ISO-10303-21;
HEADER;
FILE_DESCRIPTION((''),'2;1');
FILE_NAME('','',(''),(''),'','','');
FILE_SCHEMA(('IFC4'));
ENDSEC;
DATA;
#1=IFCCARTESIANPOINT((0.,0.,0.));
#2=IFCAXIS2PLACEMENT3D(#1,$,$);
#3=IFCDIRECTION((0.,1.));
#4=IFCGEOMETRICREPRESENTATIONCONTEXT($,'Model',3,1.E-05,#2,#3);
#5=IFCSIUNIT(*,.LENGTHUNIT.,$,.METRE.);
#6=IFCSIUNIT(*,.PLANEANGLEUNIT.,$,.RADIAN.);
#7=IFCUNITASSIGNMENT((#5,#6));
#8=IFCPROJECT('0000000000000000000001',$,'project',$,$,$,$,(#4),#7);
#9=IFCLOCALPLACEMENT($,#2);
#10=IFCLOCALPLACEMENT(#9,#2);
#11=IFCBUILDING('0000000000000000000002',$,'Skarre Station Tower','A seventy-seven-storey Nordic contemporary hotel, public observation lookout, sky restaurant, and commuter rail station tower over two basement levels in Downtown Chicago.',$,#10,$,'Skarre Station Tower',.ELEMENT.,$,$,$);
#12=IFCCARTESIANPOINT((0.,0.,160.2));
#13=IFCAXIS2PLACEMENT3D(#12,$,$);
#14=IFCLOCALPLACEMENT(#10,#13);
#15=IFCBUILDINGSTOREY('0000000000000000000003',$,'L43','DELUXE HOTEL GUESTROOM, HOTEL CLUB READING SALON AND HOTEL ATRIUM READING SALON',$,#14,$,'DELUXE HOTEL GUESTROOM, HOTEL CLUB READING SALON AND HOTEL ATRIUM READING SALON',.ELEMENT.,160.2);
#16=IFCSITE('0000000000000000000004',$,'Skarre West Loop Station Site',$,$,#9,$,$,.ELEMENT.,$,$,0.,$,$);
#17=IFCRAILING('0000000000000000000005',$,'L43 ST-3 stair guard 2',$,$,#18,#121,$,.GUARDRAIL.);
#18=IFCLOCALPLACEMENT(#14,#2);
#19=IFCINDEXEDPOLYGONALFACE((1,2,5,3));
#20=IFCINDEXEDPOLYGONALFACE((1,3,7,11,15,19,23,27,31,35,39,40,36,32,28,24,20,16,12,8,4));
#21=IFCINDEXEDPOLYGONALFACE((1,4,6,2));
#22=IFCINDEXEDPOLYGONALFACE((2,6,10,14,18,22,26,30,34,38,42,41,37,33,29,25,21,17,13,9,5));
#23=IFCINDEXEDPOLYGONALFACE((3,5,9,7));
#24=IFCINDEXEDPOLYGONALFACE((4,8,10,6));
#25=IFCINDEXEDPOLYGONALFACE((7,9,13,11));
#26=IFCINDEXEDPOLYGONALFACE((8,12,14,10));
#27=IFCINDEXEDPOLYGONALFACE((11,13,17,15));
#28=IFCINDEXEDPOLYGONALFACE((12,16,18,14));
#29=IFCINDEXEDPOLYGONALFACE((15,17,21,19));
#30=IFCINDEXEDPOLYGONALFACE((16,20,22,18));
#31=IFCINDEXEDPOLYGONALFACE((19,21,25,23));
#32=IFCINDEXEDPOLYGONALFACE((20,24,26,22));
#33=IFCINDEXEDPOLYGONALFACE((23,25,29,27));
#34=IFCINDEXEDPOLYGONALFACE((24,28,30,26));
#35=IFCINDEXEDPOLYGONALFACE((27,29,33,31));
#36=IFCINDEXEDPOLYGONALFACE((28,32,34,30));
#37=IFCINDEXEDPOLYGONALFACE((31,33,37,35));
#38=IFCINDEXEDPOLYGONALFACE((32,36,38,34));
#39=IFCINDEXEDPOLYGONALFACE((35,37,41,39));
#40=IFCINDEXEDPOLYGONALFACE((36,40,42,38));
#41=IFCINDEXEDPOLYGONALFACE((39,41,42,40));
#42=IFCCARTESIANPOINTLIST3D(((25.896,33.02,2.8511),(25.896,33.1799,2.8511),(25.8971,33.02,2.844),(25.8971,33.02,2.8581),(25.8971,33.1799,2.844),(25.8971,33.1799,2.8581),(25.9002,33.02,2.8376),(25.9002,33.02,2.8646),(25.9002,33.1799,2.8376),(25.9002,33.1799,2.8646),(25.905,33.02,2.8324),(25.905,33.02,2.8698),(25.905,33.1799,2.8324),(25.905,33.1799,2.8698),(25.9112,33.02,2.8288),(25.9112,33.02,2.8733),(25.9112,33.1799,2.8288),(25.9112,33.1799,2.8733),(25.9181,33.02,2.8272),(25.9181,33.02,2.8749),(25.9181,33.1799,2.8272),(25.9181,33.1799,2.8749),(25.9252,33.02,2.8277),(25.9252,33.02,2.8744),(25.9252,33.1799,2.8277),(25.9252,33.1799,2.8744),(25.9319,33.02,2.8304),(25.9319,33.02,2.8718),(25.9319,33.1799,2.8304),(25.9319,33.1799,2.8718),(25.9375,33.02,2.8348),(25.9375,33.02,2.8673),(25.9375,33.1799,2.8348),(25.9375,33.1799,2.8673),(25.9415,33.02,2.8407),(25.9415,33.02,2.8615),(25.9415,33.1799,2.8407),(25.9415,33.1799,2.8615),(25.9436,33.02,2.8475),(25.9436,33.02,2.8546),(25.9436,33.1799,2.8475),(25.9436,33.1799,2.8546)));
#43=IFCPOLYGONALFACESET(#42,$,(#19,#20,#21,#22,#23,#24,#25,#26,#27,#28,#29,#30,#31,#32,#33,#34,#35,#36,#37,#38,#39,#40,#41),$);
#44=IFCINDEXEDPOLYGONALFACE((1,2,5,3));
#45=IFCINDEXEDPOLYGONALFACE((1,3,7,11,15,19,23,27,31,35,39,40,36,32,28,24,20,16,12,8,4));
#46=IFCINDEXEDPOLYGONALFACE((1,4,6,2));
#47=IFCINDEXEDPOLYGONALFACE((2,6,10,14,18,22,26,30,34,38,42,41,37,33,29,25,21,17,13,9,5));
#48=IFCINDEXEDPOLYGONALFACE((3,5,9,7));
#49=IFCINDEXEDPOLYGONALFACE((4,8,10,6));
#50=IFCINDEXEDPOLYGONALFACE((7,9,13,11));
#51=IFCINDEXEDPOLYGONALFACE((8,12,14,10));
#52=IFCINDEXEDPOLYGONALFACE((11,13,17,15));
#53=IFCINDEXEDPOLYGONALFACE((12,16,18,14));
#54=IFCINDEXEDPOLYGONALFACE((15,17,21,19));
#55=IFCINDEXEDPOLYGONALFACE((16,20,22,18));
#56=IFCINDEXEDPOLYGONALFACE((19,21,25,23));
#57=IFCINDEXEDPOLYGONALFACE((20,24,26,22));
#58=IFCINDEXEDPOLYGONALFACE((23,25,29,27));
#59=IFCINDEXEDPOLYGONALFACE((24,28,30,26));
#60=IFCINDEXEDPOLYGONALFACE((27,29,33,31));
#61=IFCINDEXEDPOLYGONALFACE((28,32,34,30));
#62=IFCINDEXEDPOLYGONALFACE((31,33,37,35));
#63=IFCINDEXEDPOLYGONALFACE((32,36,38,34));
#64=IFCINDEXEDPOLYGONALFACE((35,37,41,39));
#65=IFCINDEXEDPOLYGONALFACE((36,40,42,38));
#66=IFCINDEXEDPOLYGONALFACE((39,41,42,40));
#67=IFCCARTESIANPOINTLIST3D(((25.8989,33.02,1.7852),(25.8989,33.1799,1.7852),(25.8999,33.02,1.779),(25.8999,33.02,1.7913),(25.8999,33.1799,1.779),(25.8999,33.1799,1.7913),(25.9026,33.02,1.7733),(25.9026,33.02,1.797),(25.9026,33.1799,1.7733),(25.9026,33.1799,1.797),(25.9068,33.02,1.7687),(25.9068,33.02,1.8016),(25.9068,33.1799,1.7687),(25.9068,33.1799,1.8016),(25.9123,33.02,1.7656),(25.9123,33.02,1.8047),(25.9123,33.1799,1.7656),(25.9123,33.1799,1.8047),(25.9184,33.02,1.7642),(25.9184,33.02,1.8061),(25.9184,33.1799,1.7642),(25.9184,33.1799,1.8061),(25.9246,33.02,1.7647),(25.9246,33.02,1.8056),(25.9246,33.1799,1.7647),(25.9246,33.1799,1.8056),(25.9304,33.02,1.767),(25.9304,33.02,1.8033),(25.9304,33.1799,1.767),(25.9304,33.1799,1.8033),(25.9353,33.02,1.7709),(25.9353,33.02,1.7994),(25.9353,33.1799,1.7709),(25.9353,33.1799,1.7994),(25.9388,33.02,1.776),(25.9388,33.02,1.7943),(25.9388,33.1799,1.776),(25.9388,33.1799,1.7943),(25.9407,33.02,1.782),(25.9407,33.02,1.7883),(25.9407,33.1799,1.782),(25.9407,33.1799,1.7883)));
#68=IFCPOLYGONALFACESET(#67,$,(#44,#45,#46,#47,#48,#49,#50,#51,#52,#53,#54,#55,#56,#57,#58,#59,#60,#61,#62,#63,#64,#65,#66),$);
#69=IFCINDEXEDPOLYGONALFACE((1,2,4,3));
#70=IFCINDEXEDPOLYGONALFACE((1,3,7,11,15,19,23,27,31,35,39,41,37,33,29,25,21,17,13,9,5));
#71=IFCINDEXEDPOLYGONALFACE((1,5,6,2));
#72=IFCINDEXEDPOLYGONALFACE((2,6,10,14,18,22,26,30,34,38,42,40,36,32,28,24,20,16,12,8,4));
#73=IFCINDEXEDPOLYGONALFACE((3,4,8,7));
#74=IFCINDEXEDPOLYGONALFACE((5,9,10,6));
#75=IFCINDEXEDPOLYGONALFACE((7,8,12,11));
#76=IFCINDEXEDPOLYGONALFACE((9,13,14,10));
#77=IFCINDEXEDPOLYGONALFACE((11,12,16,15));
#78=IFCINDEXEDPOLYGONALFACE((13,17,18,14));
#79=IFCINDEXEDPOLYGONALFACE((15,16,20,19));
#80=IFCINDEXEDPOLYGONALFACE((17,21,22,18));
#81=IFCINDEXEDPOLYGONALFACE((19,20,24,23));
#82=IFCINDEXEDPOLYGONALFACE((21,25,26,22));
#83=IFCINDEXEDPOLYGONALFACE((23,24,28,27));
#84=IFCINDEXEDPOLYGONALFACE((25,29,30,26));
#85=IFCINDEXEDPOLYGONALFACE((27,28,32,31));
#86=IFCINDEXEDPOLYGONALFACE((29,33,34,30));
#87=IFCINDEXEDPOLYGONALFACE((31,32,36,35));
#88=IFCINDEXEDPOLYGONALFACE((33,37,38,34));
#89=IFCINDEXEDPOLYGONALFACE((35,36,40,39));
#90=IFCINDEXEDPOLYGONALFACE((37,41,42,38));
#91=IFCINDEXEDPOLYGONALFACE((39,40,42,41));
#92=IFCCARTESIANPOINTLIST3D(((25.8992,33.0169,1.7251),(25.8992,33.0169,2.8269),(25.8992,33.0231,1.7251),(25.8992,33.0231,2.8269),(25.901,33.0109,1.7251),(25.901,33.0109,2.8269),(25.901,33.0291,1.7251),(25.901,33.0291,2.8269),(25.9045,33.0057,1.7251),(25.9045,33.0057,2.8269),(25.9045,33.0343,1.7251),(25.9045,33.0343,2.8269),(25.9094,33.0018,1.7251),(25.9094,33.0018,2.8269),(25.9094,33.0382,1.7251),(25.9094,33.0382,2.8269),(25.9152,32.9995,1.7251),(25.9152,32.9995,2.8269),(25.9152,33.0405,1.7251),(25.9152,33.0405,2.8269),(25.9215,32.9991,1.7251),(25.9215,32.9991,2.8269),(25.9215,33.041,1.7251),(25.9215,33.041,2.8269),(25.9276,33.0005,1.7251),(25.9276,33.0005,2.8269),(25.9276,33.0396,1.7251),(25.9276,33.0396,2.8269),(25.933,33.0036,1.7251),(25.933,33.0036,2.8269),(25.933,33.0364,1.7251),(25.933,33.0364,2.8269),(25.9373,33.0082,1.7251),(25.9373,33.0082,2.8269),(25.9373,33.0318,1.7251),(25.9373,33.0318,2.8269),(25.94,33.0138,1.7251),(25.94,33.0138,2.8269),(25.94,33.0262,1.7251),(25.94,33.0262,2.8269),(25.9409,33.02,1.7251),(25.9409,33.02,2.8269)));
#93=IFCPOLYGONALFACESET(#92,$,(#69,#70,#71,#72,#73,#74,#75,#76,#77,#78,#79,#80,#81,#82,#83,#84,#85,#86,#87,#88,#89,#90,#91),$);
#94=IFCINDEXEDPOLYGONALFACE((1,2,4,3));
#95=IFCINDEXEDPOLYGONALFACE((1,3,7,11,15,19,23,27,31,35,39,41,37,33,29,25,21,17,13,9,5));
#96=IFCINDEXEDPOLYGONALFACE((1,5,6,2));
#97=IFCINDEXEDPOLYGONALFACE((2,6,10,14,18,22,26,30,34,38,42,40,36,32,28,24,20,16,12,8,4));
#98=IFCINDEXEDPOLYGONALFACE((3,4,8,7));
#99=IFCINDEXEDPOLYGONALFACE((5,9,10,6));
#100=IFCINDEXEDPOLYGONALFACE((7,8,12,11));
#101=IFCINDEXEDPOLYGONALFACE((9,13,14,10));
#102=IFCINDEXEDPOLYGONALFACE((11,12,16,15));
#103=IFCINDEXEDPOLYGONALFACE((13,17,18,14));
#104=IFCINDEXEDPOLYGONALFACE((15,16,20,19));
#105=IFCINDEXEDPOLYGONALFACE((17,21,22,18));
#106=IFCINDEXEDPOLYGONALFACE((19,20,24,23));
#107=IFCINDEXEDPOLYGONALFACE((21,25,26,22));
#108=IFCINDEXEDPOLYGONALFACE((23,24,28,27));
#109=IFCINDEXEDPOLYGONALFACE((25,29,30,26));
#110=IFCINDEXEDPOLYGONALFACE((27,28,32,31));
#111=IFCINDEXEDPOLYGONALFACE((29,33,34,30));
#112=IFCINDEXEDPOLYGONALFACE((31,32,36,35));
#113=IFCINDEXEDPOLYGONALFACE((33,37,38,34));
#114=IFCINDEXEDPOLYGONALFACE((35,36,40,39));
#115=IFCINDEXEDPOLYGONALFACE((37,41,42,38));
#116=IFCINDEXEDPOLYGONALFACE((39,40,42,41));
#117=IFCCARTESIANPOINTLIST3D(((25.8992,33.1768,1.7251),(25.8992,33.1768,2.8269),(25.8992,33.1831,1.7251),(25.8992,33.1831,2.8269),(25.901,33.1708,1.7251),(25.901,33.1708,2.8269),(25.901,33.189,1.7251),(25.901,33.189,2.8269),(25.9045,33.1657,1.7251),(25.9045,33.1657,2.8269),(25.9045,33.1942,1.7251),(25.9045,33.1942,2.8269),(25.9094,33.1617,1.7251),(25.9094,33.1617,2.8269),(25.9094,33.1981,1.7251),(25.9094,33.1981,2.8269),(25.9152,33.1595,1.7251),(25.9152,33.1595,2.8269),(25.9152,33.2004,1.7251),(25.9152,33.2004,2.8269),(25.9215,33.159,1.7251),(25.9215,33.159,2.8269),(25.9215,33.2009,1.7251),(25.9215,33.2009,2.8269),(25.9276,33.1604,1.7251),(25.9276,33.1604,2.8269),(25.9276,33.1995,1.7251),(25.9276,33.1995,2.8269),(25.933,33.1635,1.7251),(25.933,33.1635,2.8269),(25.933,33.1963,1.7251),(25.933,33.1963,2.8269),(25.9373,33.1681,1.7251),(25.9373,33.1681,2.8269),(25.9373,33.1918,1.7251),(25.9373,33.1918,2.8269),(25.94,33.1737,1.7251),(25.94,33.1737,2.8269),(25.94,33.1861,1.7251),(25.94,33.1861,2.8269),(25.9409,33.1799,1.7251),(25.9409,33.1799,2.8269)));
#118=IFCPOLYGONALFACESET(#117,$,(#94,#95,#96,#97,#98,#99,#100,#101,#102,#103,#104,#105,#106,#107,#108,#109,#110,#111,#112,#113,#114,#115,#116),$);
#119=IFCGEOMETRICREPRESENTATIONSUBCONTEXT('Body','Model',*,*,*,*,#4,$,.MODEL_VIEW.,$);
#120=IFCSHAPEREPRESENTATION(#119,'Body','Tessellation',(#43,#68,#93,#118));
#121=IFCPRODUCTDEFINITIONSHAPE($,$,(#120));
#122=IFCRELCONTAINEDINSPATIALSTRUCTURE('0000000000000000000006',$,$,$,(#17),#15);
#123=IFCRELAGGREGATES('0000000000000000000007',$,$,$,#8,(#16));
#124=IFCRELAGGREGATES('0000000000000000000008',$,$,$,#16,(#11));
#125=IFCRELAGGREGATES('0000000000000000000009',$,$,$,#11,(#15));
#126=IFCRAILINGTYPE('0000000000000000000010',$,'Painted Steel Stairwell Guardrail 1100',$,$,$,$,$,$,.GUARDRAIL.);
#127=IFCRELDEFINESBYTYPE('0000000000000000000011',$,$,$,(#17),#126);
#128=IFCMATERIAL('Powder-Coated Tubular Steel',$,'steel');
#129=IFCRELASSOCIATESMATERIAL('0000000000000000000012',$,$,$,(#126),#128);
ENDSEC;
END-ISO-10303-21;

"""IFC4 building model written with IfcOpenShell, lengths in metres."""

from ifc_helpers import new_model, si_unit, direction, frame, origin, origin_2d, place, context, subcontext, project, spatial, circle, extrude, material, type_object, element, save


model = new_model("IFC4")

# Units and contexts
model_context = context("Model", 3, precision=1e-05, world=origin(), true_north=direction((0.0, 1.0)))
body_context = subcontext(model_context, "Body", "Model", "MODEL_VIEW")
ifc_project = project(units=[si_unit("LENGTHUNIT", "METRE"), si_unit("PLANEANGLEUNIT", "RADIAN")], contexts=[model_context])

# Site, building, storey
site_placement = place(None, origin())
site = spatial("IfcSite", under=ifc_project, at=site_placement, Name="Skarre West Loop Station Site", CompositionType="ELEMENT", RefElevation=0.0)
building_placement = place(site_placement, origin())
building = spatial("IfcBuilding", under=site, at=building_placement, Name="Skarre Station Tower", Description="A seventy-seven-storey Nordic contemporary hotel, public observation lookout, sky restaurant, and commuter rail station tower over two basement levels in Downtown Chicago.", LongName="Skarre Station Tower", CompositionType="ELEMENT")
storey_placement = place(building_placement, frame((0.0, 0.0, 160.2)))
storey = spatial("IfcBuildingStorey", under=building, at=storey_placement, Name="L43", Description="DELUXE HOTEL GUESTROOM, HOTEL CLUB READING SALON AND HOTEL ATRIUM READING SALON", LongName="DELUXE HOTEL GUESTROOM, HOTEL CLUB READING SALON AND HOTEL ATRIUM READING SALON", CompositionType="ELEMENT", Elevation=160.2)

# Railing
ifc_material_1 = material(Name="Powder-Coated Tubular Steel", Category="steel")
railing_type_1 = type_object("IfcRailingType", Name="Painted Steel Stairwell Guardrail 1100", PredefinedType="GUARDRAIL", material=ifc_material_1)
railing_1_placement = place(storey_placement, frame((25.9199, 33.02, 1.7251)))
element("IfcRailing", 1, at=railing_1_placement, inside=storey, type_object=railing_type_1, Name="L43 ST-3 stair guard 2", PredefinedType="GUARDRAIL", context=body_context, shape_type="SweptSolid", body=[
    extrude(circle(Radius=0.0239, at=origin_2d()), frame((0.0, 0.0, 1.126), z_axis=(0.0, 1.0, 0.0), x_axis=(-1.0, 0.0, 0.0)), (0.0, 0.0, 1.0), 0.1599),
    extrude(circle(Radius=0.021, at=origin_2d()), frame((0.0, 0.0, 0.0601), z_axis=(0.0, 1.0, 0.0), x_axis=(-1.0, 0.0, 0.0)), (0.0, 0.0, 1.0), 0.1599),
    extrude(circle(Radius=0.021, at=origin_2d()), origin(), (0.0, 0.0, 1.0), 1.1018),
    extrude(circle(Radius=0.021, at=origin_2d()), frame((0.0, 0.1599, 0.0)), (0.0, 0.0, 1.0), 1.1018),
])

save(model, "model.ifc")
